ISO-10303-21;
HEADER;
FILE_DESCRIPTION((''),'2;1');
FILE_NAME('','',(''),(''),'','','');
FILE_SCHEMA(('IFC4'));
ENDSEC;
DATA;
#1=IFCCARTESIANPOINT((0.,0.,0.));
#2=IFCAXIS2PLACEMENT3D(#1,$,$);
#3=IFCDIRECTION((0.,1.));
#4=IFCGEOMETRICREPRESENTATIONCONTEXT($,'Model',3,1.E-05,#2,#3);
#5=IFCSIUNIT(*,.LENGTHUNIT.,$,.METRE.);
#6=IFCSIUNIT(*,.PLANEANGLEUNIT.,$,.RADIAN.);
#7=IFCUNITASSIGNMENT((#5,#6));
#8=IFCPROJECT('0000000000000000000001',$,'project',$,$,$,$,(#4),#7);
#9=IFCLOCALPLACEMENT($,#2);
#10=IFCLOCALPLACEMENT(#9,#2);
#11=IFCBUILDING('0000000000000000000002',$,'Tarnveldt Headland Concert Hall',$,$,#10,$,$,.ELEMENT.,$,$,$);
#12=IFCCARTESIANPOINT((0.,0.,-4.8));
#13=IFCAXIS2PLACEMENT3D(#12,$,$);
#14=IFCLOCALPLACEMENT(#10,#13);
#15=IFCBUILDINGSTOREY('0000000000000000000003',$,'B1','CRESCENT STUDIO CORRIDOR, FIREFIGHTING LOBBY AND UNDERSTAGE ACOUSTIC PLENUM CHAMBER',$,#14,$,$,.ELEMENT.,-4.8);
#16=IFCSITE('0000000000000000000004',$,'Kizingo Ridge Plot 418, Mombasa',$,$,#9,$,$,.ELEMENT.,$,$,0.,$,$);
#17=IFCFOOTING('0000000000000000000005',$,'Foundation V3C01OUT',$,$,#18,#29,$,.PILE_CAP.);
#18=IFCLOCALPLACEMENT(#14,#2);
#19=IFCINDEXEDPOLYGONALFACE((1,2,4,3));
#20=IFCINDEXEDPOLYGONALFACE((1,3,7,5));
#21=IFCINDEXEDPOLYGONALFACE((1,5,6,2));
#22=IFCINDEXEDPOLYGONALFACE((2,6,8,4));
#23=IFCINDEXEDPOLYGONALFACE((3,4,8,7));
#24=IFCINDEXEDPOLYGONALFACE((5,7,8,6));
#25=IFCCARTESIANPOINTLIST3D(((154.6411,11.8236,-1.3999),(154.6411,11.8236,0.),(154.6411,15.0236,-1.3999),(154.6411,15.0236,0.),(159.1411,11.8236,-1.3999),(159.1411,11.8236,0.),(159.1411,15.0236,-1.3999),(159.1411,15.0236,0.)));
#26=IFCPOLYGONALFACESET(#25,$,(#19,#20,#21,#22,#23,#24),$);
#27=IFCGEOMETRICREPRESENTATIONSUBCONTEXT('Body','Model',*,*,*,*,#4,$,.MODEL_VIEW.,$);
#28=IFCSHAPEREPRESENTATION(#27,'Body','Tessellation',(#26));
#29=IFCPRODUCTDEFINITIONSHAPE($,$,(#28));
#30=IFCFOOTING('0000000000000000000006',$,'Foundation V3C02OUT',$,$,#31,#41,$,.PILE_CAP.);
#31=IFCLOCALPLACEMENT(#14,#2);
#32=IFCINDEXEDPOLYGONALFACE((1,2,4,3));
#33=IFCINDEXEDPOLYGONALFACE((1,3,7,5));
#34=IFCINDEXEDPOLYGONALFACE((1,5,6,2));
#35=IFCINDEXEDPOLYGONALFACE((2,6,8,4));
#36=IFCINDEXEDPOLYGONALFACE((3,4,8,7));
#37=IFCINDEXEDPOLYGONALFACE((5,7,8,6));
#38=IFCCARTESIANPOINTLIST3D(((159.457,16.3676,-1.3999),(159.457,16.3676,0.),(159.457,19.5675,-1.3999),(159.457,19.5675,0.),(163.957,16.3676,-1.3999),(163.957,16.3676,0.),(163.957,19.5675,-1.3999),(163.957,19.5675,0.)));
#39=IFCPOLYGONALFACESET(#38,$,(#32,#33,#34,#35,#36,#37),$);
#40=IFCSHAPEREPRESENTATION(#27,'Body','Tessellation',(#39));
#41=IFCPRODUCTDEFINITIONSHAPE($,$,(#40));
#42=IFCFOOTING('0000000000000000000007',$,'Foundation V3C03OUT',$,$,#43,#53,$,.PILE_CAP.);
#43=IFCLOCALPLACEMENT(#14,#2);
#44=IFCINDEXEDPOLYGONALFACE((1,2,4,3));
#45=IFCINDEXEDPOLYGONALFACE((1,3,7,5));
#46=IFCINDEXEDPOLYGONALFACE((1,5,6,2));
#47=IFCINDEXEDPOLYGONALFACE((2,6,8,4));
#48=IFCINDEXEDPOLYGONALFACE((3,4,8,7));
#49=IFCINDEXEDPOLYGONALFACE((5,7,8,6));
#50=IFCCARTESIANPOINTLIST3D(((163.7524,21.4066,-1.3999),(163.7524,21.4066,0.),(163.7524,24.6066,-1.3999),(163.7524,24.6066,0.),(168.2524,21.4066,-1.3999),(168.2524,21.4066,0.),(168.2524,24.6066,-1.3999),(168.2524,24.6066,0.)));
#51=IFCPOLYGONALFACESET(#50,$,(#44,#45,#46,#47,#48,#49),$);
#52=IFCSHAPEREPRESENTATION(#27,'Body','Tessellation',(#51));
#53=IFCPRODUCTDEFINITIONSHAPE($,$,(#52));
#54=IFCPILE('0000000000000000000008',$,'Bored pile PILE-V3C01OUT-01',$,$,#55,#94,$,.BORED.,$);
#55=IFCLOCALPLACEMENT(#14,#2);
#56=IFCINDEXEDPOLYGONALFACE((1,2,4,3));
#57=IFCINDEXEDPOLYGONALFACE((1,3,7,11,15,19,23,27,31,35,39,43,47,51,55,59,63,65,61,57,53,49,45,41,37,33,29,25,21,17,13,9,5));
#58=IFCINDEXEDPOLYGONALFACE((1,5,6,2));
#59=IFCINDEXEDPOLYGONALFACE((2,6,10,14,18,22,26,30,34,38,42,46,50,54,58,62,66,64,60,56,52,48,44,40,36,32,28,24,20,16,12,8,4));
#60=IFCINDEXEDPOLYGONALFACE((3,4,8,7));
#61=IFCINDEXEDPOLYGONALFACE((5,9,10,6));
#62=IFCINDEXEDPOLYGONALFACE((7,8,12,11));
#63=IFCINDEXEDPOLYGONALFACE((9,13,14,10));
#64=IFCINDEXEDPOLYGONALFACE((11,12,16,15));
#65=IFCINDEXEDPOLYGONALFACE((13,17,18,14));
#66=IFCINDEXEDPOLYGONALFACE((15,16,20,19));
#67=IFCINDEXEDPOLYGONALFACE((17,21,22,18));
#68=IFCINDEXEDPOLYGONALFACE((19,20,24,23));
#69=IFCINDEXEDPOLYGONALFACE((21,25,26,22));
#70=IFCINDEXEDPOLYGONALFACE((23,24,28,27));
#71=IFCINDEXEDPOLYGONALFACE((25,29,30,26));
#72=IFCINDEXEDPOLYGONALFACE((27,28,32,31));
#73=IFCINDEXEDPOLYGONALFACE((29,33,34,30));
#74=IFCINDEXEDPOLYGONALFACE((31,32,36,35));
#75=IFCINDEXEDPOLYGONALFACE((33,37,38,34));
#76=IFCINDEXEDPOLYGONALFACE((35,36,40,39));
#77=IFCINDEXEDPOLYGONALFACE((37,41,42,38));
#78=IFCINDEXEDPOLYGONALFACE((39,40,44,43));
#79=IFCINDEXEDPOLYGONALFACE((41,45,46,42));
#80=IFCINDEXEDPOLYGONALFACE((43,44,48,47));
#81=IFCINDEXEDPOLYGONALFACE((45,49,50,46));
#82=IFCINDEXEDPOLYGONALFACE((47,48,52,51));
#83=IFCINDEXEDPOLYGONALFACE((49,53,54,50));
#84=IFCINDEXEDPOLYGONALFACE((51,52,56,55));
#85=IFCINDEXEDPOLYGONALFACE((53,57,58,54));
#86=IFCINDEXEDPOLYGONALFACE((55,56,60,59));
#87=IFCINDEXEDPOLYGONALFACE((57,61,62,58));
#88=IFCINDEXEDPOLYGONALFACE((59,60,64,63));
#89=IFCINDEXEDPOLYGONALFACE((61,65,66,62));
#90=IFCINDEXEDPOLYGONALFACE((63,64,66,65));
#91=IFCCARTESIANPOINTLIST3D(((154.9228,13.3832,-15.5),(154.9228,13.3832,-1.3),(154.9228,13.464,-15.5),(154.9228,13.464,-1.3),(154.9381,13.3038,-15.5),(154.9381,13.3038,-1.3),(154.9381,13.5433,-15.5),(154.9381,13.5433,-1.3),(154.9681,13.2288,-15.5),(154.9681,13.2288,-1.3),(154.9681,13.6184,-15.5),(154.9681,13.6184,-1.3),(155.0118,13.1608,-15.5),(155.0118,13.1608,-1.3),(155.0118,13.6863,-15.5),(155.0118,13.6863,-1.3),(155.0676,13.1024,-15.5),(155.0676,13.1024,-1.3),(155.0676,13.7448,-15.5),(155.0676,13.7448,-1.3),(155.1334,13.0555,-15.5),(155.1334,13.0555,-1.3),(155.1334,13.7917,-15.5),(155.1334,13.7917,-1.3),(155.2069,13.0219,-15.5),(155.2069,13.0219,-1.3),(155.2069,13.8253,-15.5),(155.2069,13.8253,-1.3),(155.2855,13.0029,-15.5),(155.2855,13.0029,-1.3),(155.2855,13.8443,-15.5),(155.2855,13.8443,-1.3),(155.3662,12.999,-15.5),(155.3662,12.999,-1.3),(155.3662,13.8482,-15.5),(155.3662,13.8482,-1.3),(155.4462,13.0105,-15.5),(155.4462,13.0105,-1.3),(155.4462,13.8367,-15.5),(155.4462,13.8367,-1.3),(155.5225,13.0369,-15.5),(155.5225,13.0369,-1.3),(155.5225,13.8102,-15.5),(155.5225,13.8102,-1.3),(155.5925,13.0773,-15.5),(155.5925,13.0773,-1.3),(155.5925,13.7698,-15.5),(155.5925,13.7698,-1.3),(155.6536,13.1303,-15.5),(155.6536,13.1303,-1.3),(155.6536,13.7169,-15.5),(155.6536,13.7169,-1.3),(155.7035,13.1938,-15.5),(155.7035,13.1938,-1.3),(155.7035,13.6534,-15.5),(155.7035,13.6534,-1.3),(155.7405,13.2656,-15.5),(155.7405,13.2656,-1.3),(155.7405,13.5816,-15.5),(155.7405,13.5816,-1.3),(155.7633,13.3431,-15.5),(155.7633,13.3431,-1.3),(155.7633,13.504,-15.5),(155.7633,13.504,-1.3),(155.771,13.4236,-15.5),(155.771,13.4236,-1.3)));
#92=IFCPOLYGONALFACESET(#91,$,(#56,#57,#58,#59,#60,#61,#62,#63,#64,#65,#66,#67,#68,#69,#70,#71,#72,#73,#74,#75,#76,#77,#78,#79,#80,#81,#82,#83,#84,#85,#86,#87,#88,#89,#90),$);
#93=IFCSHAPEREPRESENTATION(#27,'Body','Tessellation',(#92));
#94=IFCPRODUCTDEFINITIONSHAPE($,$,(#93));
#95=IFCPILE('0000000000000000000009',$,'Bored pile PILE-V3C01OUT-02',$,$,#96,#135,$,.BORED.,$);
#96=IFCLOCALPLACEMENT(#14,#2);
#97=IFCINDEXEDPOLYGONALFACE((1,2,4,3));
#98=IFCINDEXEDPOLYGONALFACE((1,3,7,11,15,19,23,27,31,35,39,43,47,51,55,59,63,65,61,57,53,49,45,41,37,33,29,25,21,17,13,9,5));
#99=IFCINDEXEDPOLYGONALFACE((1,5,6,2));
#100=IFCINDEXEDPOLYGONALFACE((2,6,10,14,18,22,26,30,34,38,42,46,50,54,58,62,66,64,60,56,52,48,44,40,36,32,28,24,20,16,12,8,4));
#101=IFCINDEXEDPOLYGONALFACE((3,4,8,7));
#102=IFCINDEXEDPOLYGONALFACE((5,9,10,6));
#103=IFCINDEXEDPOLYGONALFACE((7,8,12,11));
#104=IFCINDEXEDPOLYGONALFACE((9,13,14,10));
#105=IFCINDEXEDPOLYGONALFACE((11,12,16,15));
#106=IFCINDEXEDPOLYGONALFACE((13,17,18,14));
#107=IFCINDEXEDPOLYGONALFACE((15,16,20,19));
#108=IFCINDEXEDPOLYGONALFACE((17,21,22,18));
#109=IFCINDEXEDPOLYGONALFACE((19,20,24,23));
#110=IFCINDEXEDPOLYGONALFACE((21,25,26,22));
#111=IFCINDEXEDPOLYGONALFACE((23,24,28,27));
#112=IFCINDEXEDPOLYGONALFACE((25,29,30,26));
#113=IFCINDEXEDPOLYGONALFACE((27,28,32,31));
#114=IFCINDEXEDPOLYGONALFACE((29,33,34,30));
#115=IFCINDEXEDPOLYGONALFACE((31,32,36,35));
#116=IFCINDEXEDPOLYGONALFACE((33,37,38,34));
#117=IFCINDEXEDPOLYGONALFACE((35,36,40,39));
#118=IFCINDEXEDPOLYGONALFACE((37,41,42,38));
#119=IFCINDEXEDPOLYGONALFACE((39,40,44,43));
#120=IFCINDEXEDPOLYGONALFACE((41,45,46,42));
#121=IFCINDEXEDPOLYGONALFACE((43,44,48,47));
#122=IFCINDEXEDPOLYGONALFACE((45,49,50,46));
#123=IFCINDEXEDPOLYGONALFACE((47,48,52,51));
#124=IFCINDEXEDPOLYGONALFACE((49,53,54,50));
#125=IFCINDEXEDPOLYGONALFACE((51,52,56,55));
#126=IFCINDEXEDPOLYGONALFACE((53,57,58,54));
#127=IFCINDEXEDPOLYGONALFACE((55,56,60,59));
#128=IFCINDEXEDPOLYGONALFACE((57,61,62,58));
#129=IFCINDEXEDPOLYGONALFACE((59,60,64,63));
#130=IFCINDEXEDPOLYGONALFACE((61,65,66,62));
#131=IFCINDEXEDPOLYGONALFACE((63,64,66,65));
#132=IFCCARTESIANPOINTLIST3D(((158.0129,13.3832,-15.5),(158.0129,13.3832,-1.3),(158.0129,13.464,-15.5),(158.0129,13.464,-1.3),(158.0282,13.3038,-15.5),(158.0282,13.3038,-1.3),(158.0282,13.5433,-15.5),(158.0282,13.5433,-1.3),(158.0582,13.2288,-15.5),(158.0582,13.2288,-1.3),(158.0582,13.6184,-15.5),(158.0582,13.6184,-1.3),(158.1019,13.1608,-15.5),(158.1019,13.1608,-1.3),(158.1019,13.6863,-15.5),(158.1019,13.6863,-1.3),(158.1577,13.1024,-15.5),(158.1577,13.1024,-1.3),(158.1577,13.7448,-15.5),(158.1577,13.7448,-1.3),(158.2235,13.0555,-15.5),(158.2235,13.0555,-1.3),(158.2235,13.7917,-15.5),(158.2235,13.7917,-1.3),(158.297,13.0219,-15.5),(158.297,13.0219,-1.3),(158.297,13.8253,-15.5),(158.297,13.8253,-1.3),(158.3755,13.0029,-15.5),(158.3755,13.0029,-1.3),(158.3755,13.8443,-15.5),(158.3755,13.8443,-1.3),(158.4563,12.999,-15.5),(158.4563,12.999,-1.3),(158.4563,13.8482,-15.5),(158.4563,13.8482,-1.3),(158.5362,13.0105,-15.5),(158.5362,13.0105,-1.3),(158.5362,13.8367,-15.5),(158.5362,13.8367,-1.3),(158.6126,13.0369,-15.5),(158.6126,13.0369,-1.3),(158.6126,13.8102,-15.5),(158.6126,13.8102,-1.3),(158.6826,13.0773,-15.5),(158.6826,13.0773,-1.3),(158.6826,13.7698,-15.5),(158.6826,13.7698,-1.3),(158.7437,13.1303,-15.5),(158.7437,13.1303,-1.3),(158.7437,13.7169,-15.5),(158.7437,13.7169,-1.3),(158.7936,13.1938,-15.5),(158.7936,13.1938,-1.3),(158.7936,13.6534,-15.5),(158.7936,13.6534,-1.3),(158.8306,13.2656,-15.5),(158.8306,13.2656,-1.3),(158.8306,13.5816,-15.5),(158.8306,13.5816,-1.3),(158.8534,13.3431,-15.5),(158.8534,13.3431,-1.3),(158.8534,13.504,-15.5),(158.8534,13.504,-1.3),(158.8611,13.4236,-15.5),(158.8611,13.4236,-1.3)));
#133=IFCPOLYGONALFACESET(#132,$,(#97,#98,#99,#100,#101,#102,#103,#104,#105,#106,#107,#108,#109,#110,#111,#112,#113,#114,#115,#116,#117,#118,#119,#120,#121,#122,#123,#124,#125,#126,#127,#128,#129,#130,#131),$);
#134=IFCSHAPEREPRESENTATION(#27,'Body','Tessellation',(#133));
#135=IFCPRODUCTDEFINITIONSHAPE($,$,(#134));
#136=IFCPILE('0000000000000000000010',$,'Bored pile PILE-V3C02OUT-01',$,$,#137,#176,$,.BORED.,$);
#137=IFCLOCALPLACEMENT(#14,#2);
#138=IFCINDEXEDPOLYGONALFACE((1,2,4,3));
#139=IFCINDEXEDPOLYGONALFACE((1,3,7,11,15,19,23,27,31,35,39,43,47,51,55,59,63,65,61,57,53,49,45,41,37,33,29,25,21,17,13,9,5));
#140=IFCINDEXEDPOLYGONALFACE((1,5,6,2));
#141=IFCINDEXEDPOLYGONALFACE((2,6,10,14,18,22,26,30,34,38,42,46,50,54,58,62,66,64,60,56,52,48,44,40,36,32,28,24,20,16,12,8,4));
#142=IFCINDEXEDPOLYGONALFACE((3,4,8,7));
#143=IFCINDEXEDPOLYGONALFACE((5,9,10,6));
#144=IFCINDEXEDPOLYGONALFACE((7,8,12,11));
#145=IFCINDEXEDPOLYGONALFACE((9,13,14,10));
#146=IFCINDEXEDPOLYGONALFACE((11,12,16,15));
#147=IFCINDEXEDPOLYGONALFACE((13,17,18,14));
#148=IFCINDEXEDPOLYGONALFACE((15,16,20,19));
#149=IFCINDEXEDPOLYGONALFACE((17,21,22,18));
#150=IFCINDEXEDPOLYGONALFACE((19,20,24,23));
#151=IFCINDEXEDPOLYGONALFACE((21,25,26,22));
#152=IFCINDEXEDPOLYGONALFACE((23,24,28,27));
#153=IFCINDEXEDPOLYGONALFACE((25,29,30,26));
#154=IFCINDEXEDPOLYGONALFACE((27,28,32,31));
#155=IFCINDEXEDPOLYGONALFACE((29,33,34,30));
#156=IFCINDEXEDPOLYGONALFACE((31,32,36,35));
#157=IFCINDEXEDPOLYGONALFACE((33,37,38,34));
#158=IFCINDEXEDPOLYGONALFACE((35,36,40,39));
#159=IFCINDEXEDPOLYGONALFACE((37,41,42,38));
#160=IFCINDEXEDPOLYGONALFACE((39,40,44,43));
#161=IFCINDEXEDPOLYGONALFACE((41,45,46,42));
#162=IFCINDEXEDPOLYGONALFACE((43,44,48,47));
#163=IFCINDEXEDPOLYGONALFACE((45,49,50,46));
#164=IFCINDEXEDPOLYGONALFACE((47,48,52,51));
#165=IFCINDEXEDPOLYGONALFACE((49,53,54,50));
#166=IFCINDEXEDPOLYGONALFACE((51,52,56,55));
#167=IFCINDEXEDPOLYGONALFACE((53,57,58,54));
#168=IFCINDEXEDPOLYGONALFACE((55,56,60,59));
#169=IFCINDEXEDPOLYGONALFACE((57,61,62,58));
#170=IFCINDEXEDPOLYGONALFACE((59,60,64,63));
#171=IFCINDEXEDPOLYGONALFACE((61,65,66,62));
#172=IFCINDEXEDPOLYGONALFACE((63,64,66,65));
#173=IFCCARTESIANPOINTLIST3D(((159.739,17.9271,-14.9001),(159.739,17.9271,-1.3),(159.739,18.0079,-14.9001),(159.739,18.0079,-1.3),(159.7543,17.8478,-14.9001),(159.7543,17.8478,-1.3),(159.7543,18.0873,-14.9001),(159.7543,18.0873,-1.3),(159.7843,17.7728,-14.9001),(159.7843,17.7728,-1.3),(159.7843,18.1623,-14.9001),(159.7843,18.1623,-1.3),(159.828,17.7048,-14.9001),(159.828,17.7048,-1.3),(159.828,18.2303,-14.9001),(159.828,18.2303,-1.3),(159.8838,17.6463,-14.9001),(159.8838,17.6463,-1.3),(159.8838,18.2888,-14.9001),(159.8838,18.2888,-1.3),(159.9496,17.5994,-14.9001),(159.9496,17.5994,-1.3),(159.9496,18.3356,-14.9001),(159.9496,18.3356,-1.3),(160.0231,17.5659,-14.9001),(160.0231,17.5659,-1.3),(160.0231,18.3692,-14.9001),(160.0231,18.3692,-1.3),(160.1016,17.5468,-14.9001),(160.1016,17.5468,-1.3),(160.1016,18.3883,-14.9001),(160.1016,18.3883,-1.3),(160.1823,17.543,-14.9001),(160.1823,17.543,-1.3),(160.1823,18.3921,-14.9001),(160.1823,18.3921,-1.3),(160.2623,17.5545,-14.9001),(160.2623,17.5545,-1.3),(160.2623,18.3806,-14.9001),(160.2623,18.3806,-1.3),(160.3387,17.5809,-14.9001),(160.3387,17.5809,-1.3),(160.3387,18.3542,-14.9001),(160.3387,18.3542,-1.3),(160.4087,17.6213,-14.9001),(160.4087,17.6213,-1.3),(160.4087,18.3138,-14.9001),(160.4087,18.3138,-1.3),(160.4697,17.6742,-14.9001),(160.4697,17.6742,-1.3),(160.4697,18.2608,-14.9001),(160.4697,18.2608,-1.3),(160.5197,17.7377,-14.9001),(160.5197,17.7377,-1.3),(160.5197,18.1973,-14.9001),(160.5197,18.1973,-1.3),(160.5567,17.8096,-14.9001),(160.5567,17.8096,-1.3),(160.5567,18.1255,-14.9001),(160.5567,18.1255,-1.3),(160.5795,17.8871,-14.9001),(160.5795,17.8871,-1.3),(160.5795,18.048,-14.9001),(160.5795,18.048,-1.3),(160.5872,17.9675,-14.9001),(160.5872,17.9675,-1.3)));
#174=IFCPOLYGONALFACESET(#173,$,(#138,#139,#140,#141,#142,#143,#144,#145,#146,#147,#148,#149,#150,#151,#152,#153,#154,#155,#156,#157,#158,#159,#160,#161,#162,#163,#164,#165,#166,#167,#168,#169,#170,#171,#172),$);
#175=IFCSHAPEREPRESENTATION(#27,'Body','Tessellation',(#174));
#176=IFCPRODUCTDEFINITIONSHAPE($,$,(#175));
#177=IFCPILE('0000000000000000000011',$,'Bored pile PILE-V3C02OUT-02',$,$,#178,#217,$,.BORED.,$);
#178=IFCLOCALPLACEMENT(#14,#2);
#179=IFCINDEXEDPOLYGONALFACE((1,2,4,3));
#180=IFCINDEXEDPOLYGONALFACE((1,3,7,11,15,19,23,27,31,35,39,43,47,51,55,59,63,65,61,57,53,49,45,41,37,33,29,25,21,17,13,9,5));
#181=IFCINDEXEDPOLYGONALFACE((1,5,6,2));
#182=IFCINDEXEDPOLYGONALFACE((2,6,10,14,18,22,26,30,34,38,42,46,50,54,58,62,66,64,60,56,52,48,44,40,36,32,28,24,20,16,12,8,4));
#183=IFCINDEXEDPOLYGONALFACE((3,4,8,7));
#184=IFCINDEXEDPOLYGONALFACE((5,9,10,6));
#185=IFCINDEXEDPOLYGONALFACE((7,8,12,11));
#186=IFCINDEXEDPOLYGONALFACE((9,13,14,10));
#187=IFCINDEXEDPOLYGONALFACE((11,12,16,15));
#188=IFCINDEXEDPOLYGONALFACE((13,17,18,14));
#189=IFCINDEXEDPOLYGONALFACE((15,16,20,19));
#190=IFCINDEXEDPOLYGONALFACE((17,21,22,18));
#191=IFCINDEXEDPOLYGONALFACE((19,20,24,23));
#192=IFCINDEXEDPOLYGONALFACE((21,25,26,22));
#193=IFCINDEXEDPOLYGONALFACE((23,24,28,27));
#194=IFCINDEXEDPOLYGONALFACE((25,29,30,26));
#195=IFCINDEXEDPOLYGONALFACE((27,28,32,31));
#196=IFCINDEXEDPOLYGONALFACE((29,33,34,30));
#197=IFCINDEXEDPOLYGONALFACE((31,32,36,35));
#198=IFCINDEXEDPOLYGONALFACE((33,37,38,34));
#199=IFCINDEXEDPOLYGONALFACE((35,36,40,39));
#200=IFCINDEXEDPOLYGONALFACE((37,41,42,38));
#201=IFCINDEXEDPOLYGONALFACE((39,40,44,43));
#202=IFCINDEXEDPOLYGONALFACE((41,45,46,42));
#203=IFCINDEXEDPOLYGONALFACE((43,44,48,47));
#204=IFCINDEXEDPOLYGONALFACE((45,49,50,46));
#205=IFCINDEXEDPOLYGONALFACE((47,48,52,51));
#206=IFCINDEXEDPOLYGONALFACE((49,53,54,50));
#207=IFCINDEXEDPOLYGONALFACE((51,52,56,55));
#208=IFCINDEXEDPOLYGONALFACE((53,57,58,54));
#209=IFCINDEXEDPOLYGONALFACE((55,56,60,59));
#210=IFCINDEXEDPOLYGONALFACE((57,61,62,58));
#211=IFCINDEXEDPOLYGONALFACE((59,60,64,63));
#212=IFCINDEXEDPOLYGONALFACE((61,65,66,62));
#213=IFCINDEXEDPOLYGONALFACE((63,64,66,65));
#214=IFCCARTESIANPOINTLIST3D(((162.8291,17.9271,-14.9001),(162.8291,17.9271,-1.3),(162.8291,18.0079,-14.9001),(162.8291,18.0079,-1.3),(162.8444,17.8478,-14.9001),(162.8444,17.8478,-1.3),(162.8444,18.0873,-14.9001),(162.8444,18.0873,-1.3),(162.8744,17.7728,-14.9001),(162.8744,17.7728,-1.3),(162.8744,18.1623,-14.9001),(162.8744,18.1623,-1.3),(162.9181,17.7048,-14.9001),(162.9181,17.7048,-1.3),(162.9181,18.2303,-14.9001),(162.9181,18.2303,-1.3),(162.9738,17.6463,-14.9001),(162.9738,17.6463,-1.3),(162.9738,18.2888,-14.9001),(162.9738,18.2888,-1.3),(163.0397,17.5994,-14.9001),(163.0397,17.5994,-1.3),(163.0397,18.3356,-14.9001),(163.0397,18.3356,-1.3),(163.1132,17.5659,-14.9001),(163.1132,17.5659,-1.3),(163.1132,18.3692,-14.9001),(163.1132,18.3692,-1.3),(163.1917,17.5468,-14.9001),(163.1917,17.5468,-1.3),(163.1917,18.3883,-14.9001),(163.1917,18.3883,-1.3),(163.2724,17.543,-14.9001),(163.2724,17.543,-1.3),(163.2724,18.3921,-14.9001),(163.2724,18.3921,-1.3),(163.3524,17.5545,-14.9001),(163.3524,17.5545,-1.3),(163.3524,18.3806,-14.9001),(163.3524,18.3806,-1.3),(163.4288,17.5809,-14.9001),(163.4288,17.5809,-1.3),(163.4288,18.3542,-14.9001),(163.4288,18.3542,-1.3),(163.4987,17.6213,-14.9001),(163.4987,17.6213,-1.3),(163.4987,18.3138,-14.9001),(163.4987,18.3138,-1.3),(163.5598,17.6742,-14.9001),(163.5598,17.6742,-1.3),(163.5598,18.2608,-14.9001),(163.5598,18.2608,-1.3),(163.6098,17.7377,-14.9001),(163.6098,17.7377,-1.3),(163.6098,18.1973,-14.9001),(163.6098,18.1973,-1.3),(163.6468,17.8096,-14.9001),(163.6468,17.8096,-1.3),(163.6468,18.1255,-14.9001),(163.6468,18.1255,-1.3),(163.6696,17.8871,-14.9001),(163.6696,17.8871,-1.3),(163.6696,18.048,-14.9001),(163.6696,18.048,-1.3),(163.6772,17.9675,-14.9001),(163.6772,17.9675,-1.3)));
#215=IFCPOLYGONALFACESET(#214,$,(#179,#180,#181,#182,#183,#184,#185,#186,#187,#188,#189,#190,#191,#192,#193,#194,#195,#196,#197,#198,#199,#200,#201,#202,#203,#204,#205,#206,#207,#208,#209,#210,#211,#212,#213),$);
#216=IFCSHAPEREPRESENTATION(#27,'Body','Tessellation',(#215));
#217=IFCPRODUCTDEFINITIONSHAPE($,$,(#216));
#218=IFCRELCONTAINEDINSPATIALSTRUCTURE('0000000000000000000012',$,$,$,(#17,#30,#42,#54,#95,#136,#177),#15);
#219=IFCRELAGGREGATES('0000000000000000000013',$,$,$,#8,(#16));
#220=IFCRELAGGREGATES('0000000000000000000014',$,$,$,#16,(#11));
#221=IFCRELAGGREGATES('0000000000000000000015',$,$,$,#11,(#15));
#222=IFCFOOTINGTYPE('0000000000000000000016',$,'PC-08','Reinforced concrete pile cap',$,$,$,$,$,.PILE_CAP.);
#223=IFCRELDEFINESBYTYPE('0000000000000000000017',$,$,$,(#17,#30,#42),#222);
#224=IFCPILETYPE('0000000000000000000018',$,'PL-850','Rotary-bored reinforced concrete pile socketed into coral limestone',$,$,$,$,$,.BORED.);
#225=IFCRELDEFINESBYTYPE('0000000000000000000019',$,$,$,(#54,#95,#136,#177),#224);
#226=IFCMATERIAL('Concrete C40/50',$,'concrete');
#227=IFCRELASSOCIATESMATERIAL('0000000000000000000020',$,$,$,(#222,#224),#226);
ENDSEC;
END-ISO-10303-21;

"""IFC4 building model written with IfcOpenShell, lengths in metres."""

from ifc_helpers import new_model, si_unit, direction, frame, origin, origin_2d, place, context, subcontext, project, spatial, rectangle, circle, extrude, material, material_profile, profile_set, type_object, element, save


model = new_model("IFC4")

# Units and contexts
model_context = context("Model", 3, precision=1e-05, world=origin(), true_north=direction((0.0, 1.0)))
body_context = subcontext(model_context, "Body", "Model", "MODEL_VIEW")
ifc_project = project(units=[si_unit("LENGTHUNIT", "METRE"), si_unit("PLANEANGLEUNIT", "RADIAN")], contexts=[model_context])

# Site, building, storey
site_placement = place(None, origin())
site = spatial("IfcSite", under=ifc_project, at=site_placement, Name="Kizingo Ridge Plot 418, Mombasa", CompositionType="ELEMENT", RefElevation=0.0)
building_placement = place(site_placement, origin())
building = spatial("IfcBuilding", under=site, at=building_placement, Name="Tarnveldt Headland Concert Hall", CompositionType="ELEMENT")
storey_placement = place(building_placement, frame((0.0, 0.0, -4.8)))
storey = spatial("IfcBuildingStorey", under=building, at=storey_placement, Name="B1", Description="CRESCENT STUDIO CORRIDOR, FIREFIGHTING LOBBY AND UNDERSTAGE ACOUSTIC PLENUM CHAMBER", CompositionType="ELEMENT", Elevation=-4.8)

# Footings
ifc_material_1 = material(Name="Concrete C40/50", Category="concrete")
footing_type = type_object("IfcFootingType", Name="PC-08", Description="Reinforced concrete pile cap", PredefinedType="PILE_CAP", material=ifc_material_1)
for number, where, z_axis, x_axis, name in (
    (1, (156.8911, 13.4236, -1.3999), (0.0, 0.0, 1.0), (1.0, 0.0, 0.0), "Foundation V3C01OUT"),
    (2, (161.707, 17.9675, -1.3999), (0.0, 0.0, 1.0), (1.0, 0.0, 0.0), "Foundation V3C02OUT"),
    (3, (166.0024, 23.0066, -1.3999), (0.0, 0.0, 1.0), (1.0, 0.0, 0.0), "Foundation V3C03OUT"),
):
    element("IfcFooting", number, at=place(storey_placement, frame(where, z_axis=z_axis, x_axis=x_axis)), inside=storey, type_object=footing_type, Name=name, PredefinedType="PILE_CAP", context=body_context, shape_type="SweptSolid", body=[
        extrude(rectangle(XDim=4.5, YDim=3.2, at=origin_2d()), origin(), (0.0, 0.0, 1.0), 1.3999),
    ])

# Piles
ifc_material_profile_1 = material_profile(ifc_material_1, circle(Radius=0.425, at=origin_2d()), Name="BORED PILE D850", Category="concrete")
ifc_profile_set_1 = profile_set([ifc_material_profile_1], Name="Concrete C40/50")
pile_type = type_object("IfcPileType", Name="PL-850", Description="Rotary-bored reinforced concrete pile socketed into coral limestone", PredefinedType="BORED", material=ifc_profile_set_1)
for number, where, z_axis, x_axis, name in (
    (4, (155.3459, 13.4236, -1.3), (0.0, 0.0, -1.0), (1.0, 0.0, 0.0), "Bored pile PILE-V3C01OUT-01"),
    (5, (158.436, 13.4236, -1.3), (0.0, 0.0, -1.0), (1.0, 0.0, 0.0), "Bored pile PILE-V3C01OUT-02"),
):
    element("IfcPile", number, at=place(storey_placement, frame(where, z_axis=z_axis, x_axis=x_axis)), inside=storey, type_object=pile_type, Name=name, PredefinedType="BORED", context=body_context, shape_type="SweptSolid", body=[
        extrude(circle(Radius=0.425, at=origin_2d()), origin(), (0.0, 0.0, 1.0), 14.2),
    ])
for number, where, z_axis, x_axis, name in (
    (6, (160.1621, 17.9675, -1.3), (0.0, 0.0, -1.0), (1.0, 0.0, 0.0), "Bored pile PILE-V3C02OUT-01"),
    (7, (163.2522, 17.9675, -1.3), (0.0, 0.0, -1.0), (1.0, 0.0, 0.0), "Bored pile PILE-V3C02OUT-02"),
):
    element("IfcPile", number, at=place(storey_placement, frame(where, z_axis=z_axis, x_axis=x_axis)), inside=storey, type_object=pile_type, Name=name, PredefinedType="BORED", context=body_context, shape_type="SweptSolid", body=[
        extrude(circle(Radius=0.425, at=origin_2d()), origin(), (0.0, 0.0, 1.0), 13.6001),
    ])

save(model, "model.ifc")
